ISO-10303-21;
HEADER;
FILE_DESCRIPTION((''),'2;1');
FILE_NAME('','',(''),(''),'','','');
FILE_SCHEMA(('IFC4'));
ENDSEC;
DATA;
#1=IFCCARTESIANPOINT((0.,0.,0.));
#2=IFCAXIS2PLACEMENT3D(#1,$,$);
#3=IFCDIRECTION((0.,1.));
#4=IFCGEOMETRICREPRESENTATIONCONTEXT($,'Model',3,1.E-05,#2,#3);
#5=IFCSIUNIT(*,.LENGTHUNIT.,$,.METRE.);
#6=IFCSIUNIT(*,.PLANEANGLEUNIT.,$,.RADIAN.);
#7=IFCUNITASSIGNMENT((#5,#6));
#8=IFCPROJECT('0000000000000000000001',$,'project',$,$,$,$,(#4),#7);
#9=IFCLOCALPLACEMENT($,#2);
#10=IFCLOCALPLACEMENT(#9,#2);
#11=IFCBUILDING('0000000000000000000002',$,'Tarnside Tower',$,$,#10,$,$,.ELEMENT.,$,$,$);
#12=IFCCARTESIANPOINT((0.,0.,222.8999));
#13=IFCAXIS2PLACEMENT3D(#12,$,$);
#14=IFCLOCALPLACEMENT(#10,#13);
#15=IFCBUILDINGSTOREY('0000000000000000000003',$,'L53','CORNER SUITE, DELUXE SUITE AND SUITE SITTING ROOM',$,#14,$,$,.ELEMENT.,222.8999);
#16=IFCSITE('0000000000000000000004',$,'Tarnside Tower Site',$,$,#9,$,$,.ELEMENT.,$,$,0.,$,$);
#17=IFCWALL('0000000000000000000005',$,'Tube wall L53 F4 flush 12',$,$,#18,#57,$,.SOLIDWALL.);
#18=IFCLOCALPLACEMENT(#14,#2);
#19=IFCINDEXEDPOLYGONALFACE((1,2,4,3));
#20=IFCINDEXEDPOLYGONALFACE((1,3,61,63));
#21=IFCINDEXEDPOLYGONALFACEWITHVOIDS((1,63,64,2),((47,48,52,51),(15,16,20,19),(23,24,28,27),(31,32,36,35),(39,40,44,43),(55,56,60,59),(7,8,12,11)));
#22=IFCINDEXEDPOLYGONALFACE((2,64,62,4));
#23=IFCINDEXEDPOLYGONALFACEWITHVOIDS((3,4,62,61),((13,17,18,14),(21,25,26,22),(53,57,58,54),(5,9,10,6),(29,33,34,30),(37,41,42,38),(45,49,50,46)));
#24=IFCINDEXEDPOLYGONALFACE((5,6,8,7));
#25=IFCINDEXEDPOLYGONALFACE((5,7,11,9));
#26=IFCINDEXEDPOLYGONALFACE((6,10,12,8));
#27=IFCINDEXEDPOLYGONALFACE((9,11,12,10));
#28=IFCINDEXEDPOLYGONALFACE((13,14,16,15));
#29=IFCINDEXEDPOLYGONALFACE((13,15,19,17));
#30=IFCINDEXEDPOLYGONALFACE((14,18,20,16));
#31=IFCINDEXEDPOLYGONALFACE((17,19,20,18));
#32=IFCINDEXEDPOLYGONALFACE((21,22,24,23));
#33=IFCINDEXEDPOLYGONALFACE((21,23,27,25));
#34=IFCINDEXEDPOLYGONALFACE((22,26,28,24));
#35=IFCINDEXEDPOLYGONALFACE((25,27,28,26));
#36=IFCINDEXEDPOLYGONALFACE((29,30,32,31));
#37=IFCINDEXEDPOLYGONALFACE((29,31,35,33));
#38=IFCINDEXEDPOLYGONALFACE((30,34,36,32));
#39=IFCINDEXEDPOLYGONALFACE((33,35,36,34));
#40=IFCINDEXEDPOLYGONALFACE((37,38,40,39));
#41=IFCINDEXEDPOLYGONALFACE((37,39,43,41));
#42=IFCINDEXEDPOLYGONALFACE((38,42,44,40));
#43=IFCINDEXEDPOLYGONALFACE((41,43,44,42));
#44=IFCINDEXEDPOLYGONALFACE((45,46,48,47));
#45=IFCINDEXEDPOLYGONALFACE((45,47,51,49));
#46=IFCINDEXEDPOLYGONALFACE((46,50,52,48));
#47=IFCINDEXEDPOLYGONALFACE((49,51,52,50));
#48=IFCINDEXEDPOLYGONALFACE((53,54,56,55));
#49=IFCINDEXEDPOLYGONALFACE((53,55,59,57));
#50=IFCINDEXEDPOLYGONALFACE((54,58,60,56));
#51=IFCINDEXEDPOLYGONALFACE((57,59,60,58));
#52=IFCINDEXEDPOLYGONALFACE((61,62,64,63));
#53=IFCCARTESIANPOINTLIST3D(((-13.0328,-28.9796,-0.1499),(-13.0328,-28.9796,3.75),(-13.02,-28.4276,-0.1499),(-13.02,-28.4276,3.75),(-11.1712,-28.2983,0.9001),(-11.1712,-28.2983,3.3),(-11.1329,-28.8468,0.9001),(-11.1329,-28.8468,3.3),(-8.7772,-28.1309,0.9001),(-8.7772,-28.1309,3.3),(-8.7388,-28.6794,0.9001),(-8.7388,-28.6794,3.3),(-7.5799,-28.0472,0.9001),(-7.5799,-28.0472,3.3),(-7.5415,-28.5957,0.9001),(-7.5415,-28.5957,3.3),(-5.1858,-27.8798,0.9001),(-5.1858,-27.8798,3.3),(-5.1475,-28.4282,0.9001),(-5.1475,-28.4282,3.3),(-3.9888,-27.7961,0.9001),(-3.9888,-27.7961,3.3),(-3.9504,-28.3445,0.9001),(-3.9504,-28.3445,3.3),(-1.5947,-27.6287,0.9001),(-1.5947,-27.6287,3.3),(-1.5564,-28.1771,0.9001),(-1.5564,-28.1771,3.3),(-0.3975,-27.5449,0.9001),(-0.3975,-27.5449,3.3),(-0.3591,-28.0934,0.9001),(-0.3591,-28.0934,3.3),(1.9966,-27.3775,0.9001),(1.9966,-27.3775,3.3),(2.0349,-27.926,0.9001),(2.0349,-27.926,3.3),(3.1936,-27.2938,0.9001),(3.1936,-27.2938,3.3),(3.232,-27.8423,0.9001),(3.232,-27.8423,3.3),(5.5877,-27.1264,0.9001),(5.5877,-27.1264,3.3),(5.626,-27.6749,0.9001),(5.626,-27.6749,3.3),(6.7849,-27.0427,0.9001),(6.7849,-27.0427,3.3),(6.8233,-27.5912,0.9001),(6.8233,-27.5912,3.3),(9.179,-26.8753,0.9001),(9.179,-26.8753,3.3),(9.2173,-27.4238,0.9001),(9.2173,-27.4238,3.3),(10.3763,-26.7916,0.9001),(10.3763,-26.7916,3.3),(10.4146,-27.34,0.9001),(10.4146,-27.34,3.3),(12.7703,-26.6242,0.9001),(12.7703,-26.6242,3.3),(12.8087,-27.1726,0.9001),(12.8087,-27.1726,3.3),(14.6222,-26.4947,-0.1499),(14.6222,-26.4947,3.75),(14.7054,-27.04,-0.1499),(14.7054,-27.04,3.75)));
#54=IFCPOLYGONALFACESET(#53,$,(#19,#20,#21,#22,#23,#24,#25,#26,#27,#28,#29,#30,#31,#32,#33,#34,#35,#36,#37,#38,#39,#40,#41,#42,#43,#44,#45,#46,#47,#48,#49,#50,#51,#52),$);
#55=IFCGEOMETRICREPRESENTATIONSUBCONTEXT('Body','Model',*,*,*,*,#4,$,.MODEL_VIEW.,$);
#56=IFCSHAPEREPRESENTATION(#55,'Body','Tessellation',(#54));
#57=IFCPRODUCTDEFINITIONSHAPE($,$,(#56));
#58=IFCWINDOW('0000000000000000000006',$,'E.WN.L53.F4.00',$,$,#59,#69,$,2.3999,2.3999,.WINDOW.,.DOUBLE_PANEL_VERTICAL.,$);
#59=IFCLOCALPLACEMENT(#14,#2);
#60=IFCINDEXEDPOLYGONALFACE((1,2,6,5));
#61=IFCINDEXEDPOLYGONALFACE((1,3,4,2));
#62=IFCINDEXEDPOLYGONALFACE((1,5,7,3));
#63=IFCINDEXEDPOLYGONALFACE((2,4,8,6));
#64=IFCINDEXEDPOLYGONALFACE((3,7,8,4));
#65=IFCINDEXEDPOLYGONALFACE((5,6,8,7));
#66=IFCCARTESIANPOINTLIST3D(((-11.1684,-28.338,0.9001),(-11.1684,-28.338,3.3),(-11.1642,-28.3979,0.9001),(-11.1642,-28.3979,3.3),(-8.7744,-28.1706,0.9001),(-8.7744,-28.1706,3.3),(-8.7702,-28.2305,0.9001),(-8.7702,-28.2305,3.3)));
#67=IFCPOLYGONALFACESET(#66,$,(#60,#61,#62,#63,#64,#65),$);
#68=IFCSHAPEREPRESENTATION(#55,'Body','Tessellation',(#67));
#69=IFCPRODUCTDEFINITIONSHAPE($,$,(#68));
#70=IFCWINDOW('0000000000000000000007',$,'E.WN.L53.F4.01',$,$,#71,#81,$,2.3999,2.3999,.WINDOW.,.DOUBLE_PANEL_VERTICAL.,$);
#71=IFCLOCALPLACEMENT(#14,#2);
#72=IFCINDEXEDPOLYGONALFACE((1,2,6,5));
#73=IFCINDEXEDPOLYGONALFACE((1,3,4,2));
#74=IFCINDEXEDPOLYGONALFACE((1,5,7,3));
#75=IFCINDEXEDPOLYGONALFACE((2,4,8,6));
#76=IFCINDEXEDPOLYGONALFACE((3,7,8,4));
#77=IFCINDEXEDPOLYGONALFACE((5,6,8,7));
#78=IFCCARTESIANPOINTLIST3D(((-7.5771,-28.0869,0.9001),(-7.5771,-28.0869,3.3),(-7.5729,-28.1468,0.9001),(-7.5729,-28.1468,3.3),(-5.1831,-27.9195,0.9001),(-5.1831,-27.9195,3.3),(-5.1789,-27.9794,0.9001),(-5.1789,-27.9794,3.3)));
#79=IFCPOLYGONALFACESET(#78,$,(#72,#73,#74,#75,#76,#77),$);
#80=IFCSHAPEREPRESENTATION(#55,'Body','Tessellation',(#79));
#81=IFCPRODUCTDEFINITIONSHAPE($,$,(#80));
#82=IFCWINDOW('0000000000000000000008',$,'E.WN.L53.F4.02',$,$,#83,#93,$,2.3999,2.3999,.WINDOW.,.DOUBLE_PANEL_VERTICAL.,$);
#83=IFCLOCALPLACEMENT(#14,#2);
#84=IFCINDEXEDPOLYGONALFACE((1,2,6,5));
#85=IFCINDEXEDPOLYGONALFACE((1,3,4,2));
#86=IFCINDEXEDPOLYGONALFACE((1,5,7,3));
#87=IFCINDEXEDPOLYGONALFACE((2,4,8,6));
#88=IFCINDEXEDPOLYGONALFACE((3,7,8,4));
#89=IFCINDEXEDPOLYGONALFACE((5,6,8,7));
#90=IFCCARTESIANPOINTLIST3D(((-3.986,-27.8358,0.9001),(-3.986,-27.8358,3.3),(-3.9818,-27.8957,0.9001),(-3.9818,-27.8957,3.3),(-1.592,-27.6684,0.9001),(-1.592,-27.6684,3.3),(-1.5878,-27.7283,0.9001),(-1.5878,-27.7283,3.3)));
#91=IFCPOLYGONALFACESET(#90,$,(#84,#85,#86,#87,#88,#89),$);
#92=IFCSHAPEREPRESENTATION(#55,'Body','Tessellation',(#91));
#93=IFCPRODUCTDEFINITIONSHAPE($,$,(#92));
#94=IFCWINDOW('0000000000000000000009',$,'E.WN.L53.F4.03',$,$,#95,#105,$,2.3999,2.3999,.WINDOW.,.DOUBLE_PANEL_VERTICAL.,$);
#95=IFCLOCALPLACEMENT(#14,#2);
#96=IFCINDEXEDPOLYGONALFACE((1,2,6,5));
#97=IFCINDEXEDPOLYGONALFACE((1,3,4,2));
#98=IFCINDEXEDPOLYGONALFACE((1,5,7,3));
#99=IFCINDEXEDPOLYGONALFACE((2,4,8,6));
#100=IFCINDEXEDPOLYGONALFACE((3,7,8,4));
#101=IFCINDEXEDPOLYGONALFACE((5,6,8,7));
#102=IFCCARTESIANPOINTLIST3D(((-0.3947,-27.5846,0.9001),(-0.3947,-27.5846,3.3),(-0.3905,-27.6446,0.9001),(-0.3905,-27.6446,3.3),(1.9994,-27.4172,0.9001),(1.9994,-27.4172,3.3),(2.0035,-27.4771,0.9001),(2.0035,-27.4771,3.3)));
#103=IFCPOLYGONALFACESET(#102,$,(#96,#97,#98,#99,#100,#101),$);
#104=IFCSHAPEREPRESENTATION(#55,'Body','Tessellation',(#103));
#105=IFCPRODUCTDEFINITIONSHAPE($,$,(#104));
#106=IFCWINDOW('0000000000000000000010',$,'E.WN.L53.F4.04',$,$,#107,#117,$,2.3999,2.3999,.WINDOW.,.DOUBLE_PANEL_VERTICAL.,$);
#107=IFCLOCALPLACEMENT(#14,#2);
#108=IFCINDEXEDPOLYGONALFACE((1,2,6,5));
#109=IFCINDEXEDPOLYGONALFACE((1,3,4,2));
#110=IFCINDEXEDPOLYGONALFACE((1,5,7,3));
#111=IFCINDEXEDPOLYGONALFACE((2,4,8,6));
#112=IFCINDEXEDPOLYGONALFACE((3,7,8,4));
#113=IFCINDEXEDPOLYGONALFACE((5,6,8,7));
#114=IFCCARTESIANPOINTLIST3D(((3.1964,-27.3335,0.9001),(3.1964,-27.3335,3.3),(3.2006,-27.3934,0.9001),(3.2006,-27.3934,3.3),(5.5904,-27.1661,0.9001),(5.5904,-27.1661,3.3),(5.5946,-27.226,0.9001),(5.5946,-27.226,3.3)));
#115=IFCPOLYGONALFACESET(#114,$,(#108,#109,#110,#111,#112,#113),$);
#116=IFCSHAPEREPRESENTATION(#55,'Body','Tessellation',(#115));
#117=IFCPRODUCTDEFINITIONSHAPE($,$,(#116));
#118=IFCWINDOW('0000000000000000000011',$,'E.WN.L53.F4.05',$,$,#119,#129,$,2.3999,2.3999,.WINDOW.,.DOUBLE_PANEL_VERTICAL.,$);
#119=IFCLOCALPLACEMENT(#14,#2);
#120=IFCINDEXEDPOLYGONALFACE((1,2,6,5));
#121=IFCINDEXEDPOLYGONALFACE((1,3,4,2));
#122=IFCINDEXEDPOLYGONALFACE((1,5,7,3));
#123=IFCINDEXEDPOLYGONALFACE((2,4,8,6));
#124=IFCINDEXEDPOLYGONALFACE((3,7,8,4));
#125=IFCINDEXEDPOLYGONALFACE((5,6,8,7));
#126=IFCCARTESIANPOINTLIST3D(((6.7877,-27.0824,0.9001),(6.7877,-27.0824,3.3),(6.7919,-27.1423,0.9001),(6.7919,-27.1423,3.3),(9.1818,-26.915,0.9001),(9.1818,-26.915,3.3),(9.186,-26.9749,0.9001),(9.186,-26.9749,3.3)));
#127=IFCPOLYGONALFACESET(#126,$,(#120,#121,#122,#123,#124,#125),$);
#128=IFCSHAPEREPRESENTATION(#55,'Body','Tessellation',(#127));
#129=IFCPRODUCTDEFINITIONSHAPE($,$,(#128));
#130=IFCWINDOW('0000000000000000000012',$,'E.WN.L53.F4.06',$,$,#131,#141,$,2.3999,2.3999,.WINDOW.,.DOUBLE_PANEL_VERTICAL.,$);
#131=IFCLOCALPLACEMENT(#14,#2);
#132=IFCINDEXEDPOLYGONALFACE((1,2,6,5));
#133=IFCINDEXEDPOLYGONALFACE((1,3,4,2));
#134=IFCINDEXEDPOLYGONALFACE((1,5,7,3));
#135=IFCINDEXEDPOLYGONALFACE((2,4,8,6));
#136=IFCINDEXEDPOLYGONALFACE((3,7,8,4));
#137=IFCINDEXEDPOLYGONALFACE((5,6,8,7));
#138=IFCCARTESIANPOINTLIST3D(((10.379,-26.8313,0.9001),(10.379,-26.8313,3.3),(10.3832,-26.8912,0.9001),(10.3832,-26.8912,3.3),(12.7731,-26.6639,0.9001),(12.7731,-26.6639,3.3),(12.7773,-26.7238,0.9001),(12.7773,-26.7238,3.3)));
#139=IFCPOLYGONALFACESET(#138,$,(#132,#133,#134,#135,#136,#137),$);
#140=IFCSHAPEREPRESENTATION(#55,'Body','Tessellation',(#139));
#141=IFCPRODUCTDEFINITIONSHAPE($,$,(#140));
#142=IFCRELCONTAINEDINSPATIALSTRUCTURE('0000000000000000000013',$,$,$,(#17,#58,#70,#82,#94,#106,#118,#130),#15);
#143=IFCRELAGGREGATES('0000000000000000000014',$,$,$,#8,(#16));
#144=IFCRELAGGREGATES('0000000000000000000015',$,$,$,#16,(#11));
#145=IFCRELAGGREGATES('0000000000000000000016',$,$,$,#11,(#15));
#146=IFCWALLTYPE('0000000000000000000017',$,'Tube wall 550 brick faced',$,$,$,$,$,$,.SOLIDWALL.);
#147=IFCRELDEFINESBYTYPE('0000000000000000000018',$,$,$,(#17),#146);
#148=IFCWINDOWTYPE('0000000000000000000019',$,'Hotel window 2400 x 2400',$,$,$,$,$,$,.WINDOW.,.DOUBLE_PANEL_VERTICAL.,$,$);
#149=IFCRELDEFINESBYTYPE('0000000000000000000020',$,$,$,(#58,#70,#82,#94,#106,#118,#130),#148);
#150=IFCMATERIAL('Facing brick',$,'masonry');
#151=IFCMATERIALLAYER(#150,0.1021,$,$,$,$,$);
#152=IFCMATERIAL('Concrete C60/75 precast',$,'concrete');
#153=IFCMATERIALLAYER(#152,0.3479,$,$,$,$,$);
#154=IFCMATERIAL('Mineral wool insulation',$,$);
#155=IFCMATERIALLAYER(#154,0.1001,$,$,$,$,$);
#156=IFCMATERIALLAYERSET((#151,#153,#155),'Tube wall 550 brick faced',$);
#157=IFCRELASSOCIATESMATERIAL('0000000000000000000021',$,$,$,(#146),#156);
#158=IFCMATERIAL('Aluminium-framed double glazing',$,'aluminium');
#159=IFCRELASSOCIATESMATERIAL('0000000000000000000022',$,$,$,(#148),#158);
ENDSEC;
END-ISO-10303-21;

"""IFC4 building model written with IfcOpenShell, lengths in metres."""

from ifc_helpers import new_model, si_unit, direction, frame, frame_2d, origin, place, context, subcontext, project, spatial, polyline, rectangle, outline, extrude, material, layer, layer_set, type_object, element, fill, save


model = new_model("IFC4")

# Units and contexts
model_context = context("Model", 3, precision=1e-05, world=origin(), true_north=direction((0.0, 1.0)))
body_context = subcontext(model_context, "Body", "Model", "MODEL_VIEW")
ifc_project = project(units=[si_unit("LENGTHUNIT", "METRE"), si_unit("PLANEANGLEUNIT", "RADIAN")], contexts=[model_context])

# Site, building, storey
site_placement = place(None, origin())
site = spatial("IfcSite", under=ifc_project, at=site_placement, Name="Tarnside Tower Site", CompositionType="ELEMENT", RefElevation=0.0)
building_placement = place(site_placement, origin())
building = spatial("IfcBuilding", under=site, at=building_placement, Name="Tarnside Tower", CompositionType="ELEMENT")
storey_placement = place(building_placement, frame((0.0, 0.0, 222.8999)))
storey = spatial("IfcBuildingStorey", under=building, at=storey_placement, Name="L53", Description="CORNER SUITE, DELUXE SUITE AND SUITE SITTING ROOM", CompositionType="ELEMENT", Elevation=222.8999)

# Shared definitions
ifc_material_1 = material(Name="Facing brick", Category="masonry")
ifc_layer_1 = layer(ifc_material_1, 0.1021)
ifc_material_2 = material(Name="Concrete C60/75 precast", Category="concrete")
ifc_layer_2 = layer(ifc_material_2, 0.3479)
ifc_material_3 = material(Name="Mineral wool insulation")
ifc_layer_3 = layer(ifc_material_3, 0.1001)
ifc_layer_set_1 = layer_set([ifc_layer_1, ifc_layer_2, ifc_layer_3], Name="Tube wall 550 brick faced")
wall_type_1 = type_object("IfcWallType", Name="Tube wall 550 brick faced", PredefinedType="SOLIDWALL", material=ifc_layer_set_1)

# Wall, openings, windows
wall_1_placement = place(storey_placement, frame((-13.0264, -28.7036, -0.1499), z_axis=(0.0, 0.0, 1.0), x_axis=(0.997564, 0.069756, 0.0)))
wall_1 = element("IfcWall", 1, at=wall_1_placement, inside=storey, type_object=wall_type_1, Name="Tube wall L53 F4 flush 12", PredefinedType="SOLIDWALL", context=body_context, shape_type="SweptSolid", body=[
    extrude(outline(polyline([(-0.0256, -0.2749), (27.7803, -0.2749), (27.7354, 0.2749), (0.0256, 0.2749), (-0.0256, -0.2749)])), origin(), (0.0, 0.0, 1.0), 3.8999),
])
opening_1_placement = place(wall_1_placement, frame((1.8789, 0.0, 1.05)))
opening_1 = element("IfcOpeningElement", 2, at=opening_1_placement, cuts=wall_1, PredefinedType="OPENING", context=body_context, shape_type="SweptSolid", body=[
    extrude(rectangle(XDim=2.3999, YDim=2.3999, at=frame_2d((1.2, 1.2))), frame((0.0, 0.2852, 0.0), z_axis=(0.0, -1.0, 0.0), x_axis=(1.0, 0.0, 0.0)), (0.0, 0.0, 1.0), 0.5701),
])
opening_2_placement = place(wall_1_placement, frame((5.479, 0.0, 1.05)))
opening_2 = element("IfcOpeningElement", 3, at=opening_2_placement, cuts=wall_1, PredefinedType="OPENING", context=body_context, shape_type="SweptSolid", body=[
    extrude(rectangle(XDim=2.3999, YDim=2.3999, at=frame_2d((1.2, 1.2))), frame((0.0, 0.2852, 0.0), z_axis=(0.0, -1.0, 0.0), x_axis=(1.0, 0.0, 0.0)), (0.0, 0.0, 1.0), 0.5701),
])
opening_3_placement = place(wall_1_placement, frame((9.0789, 0.0, 1.05)))
opening_3 = element("IfcOpeningElement", 4, at=opening_3_placement, cuts=wall_1, PredefinedType="OPENING", context=body_context, shape_type="SweptSolid", body=[
    extrude(rectangle(XDim=2.3999, YDim=2.3999, at=frame_2d((1.2, 1.2))), frame((0.0, 0.2852, 0.0), z_axis=(0.0, -1.0, 0.0), x_axis=(1.0, 0.0, 0.0)), (0.0, 0.0, 1.0), 0.5701),
])
opening_4_placement = place(wall_1_placement, frame((12.679, 0.0, 1.05)))
opening_4 = element("IfcOpeningElement", 5, at=opening_4_placement, cuts=wall_1, PredefinedType="OPENING", context=body_context, shape_type="SweptSolid", body=[
    extrude(rectangle(XDim=2.3999, YDim=2.3999, at=frame_2d((1.2, 1.2))), frame((0.0, 0.2852, 0.0), z_axis=(0.0, -1.0, 0.0), x_axis=(1.0, 0.0, 0.0)), (0.0, 0.0, 1.0), 0.5701),
])
opening_5_placement = place(wall_1_placement, frame((16.2788, 0.0, 1.05)))
opening_5 = element("IfcOpeningElement", 6, at=opening_5_placement, cuts=wall_1, PredefinedType="OPENING", context=body_context, shape_type="SweptSolid", body=[
    extrude(rectangle(XDim=2.3999, YDim=2.3999, at=frame_2d((1.2, 1.2))), frame((0.0, 0.2852, 0.0), z_axis=(0.0, -1.0, 0.0), x_axis=(1.0, 0.0, 0.0)), (0.0, 0.0, 1.0), 0.5701),
])
opening_6_placement = place(wall_1_placement, frame((19.8789, 0.0, 1.05)))
opening_6 = element("IfcOpeningElement", 7, at=opening_6_placement, cuts=wall_1, PredefinedType="OPENING", context=body_context, shape_type="SweptSolid", body=[
    extrude(rectangle(XDim=2.3999, YDim=2.3999, at=frame_2d((1.2, 1.2))), frame((0.0, 0.2852, 0.0), z_axis=(0.0, -1.0, 0.0), x_axis=(1.0, 0.0, 0.0)), (0.0, 0.0, 1.0), 0.5701),
])
opening_7_placement = place(wall_1_placement, frame((23.479, 0.0, 1.05)))
opening_7 = element("IfcOpeningElement", 8, at=opening_7_placement, cuts=wall_1, PredefinedType="OPENING", context=body_context, shape_type="SweptSolid", body=[
    extrude(rectangle(XDim=2.3999, YDim=2.3999, at=frame_2d((1.2, 1.2))), frame((0.0, 0.2852, 0.0), z_axis=(0.0, -1.0, 0.0), x_axis=(1.0, 0.0, 0.0)), (0.0, 0.0, 1.0), 0.5701),
])
ifc_material_4 = material(Name="Aluminium-framed double glazing", Category="aluminium")
window_type = type_object("IfcWindowType", Name="Hotel window 2400 x 2400", PartitioningType="DOUBLE_PANEL_VERTICAL", PredefinedType="WINDOW", material=ifc_material_4)
window_1_placement = place(opening_1_placement, frame((0.0, 0.2051, 0.0)))
window_1 = element("IfcWindow", 9, at=window_1_placement, inside=storey, type_object=window_type, Name="E.WN.L53.F4.00", OverallHeight=2.3999, OverallWidth=2.3999, PartitioningType="DOUBLE_PANEL_VERTICAL", PredefinedType="WINDOW", context=body_context, shape_type="SweptSolid", body=[
    extrude(rectangle(XDim=2.3999, YDim=2.3999, at=frame_2d((1.2, 1.2))), frame((0.0, 0.03, 0.0), z_axis=(0.0, -1.0, 0.0), x_axis=(1.0, 0.0, 0.0)), (0.0, 0.0, 1.0), 0.0601),
])
fill(opening_1, window_1)
window_2_placement = place(opening_2_placement, frame((0.0, 0.2051, 0.0)))
window_2 = element("IfcWindow", 10, at=window_2_placement, inside=storey, type_object=window_type, Name="E.WN.L53.F4.01", OverallHeight=2.3999, OverallWidth=2.3999, PartitioningType="DOUBLE_PANEL_VERTICAL", PredefinedType="WINDOW", context=body_context, shape_type="SweptSolid", body=[
    extrude(rectangle(XDim=2.3999, YDim=2.3999, at=frame_2d((1.2, 1.2))), frame((0.0, 0.03, 0.0), z_axis=(0.0, -1.0, 0.0), x_axis=(1.0, 0.0, 0.0)), (0.0, 0.0, 1.0), 0.0601),
])
fill(opening_2, window_2)
window_3_placement = place(opening_3_placement, frame((0.0, 0.2051, 0.0)))
window_3 = element("IfcWindow", 11, at=window_3_placement, inside=storey, type_object=window_type, Name="E.WN.L53.F4.02", OverallHeight=2.3999, OverallWidth=2.3999, PartitioningType="DOUBLE_PANEL_VERTICAL", PredefinedType="WINDOW", context=body_context, shape_type="SweptSolid", body=[
    extrude(rectangle(XDim=2.3999, YDim=2.3999, at=frame_2d((1.2, 1.2))), frame((0.0, 0.03, 0.0), z_axis=(0.0, -1.0, 0.0), x_axis=(1.0, 0.0, 0.0)), (0.0, 0.0, 1.0), 0.0601),
])
fill(opening_3, window_3)
window_4_placement = place(opening_4_placement, frame((0.0, 0.2051, 0.0)))
window_4 = element("IfcWindow", 12, at=window_4_placement, inside=storey, type_object=window_type, Name="E.WN.L53.F4.03", OverallHeight=2.3999, OverallWidth=2.3999, PartitioningType="DOUBLE_PANEL_VERTICAL", PredefinedType="WINDOW", context=body_context, shape_type="SweptSolid", body=[
    extrude(rectangle(XDim=2.3999, YDim=2.3999, at=frame_2d((1.2, 1.2))), frame((0.0, 0.03, 0.0), z_axis=(0.0, -1.0, 0.0), x_axis=(1.0, 0.0, 0.0)), (0.0, 0.0, 1.0), 0.0601),
])
fill(opening_4, window_4)
window_5_placement = place(opening_5_placement, frame((0.0, 0.2051, 0.0)))
window_5 = element("IfcWindow", 13, at=window_5_placement, inside=storey, type_object=window_type, Name="E.WN.L53.F4.04", OverallHeight=2.3999, OverallWidth=2.3999, PartitioningType="DOUBLE_PANEL_VERTICAL", PredefinedType="WINDOW", context=body_context, shape_type="SweptSolid", body=[
    extrude(rectangle(XDim=2.3999, YDim=2.3999, at=frame_2d((1.2, 1.2))), frame((0.0, 0.03, 0.0), z_axis=(0.0, -1.0, 0.0), x_axis=(1.0, 0.0, 0.0)), (0.0, 0.0, 1.0), 0.0601),
])
fill(opening_5, window_5)
window_6_placement = place(opening_6_placement, frame((0.0, 0.2051, 0.0)))
window_6 = element("IfcWindow", 14, at=window_6_placement, inside=storey, type_object=window_type, Name="E.WN.L53.F4.05", OverallHeight=2.3999, OverallWidth=2.3999, PartitioningType="DOUBLE_PANEL_VERTICAL", PredefinedType="WINDOW", context=body_context, shape_type="SweptSolid", body=[
    extrude(rectangle(XDim=2.3999, YDim=2.3999, at=frame_2d((1.2, 1.2))), frame((0.0, 0.03, 0.0), z_axis=(0.0, -1.0, 0.0), x_axis=(1.0, 0.0, 0.0)), (0.0, 0.0, 1.0), 0.0601),
])
fill(opening_6, window_6)
window_7_placement = place(opening_7_placement, frame((0.0, 0.2051, 0.0)))
window_7 = element("IfcWindow", 15, at=window_7_placement, inside=storey, type_object=window_type, Name="E.WN.L53.F4.06", OverallHeight=2.3999, OverallWidth=2.3999, PartitioningType="DOUBLE_PANEL_VERTICAL", PredefinedType="WINDOW", context=body_context, shape_type="SweptSolid", body=[
    extrude(rectangle(XDim=2.3999, YDim=2.3999, at=frame_2d((1.2, 1.2))), frame((0.0, 0.03, 0.0), z_axis=(0.0, -1.0, 0.0), x_axis=(1.0, 0.0, 0.0)), (0.0, 0.0, 1.0), 0.0601),
])
fill(opening_7, window_7)

save(model, "model.ifc")
